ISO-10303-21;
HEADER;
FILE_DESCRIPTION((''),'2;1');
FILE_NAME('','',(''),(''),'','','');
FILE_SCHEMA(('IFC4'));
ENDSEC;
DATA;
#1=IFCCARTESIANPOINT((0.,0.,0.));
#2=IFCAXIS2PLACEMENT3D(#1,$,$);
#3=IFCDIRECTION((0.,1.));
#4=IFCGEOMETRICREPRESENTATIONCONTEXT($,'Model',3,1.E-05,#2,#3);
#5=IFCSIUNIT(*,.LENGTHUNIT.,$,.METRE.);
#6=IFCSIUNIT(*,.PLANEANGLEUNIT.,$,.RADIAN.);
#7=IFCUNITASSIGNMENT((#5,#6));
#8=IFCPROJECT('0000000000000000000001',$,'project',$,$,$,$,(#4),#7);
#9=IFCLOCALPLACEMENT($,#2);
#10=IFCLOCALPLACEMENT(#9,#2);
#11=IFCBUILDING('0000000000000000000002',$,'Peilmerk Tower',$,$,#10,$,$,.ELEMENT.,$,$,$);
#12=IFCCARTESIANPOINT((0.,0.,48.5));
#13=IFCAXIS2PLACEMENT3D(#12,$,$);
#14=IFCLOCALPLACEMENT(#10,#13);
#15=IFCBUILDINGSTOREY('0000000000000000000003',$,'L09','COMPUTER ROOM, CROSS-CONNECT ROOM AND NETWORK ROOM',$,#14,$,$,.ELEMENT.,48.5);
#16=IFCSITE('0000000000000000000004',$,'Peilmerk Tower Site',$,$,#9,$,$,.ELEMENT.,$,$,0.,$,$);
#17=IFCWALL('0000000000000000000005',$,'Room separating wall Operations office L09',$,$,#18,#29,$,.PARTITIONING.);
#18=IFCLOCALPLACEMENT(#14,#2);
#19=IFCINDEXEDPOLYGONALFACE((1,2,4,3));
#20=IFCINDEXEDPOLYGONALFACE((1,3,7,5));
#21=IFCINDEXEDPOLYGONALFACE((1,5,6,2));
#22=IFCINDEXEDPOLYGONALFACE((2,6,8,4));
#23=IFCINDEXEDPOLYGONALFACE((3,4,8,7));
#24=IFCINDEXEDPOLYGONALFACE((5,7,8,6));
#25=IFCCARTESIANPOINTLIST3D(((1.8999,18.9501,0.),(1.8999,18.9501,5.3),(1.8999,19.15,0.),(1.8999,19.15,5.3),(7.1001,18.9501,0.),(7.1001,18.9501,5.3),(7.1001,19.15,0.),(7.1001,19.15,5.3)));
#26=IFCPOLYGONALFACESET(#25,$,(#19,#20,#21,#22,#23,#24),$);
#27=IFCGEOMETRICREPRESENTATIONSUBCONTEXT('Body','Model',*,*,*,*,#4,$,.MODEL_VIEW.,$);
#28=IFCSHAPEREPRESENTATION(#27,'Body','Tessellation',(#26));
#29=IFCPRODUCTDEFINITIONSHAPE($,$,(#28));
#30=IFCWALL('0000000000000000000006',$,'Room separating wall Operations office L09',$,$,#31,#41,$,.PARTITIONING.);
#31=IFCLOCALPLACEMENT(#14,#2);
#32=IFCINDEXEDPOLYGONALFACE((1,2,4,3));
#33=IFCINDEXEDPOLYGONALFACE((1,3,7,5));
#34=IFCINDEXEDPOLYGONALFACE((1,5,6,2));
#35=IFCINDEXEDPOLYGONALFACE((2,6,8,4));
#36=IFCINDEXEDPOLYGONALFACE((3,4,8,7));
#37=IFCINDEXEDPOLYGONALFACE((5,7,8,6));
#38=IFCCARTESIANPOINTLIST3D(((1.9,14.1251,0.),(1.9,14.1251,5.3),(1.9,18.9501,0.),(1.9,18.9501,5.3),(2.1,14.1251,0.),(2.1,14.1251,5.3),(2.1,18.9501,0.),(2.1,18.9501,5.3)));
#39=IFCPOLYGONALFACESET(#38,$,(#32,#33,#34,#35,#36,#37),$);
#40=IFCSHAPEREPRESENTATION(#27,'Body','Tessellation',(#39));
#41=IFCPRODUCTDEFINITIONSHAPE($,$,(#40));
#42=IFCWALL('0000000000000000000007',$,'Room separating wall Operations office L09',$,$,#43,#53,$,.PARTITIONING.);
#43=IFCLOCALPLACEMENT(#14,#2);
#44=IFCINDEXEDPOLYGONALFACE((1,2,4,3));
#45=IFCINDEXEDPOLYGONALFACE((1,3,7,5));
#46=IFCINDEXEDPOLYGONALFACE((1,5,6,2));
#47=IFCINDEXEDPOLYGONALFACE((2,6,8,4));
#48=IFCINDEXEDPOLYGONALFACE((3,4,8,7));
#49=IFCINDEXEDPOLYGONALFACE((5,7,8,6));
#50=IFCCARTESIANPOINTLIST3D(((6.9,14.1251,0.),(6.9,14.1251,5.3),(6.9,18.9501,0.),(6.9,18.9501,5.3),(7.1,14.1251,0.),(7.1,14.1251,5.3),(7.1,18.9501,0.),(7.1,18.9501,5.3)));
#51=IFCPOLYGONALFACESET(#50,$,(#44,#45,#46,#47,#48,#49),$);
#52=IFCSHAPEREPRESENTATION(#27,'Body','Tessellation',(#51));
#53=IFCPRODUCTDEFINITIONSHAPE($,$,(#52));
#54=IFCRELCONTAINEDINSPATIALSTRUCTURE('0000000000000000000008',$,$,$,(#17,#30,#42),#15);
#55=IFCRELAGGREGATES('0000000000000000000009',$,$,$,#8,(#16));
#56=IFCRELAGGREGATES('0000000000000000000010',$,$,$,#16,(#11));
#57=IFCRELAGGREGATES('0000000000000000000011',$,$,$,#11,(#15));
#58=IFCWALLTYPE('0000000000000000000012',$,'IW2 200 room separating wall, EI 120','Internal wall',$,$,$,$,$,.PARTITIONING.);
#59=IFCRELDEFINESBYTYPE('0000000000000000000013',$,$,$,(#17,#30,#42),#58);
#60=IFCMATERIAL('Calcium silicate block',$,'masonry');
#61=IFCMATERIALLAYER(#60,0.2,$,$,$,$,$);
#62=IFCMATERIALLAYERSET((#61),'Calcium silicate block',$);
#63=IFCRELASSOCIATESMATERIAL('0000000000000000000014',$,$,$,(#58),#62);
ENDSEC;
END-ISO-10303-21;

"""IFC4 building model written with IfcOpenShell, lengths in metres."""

from ifc_helpers import new_model, si_unit, direction, frame, frame_2d, origin, place, context, subcontext, project, spatial, rectangle, extrude, material, layer, layer_set, type_object, element, save


model = new_model("IFC4")

# Units and contexts
model_context = context("Model", 3, precision=1e-05, world=origin(), true_north=direction((0.0, 1.0)))
body_context = subcontext(model_context, "Body", "Model", "MODEL_VIEW")
ifc_project = project(units=[si_unit("LENGTHUNIT", "METRE"), si_unit("PLANEANGLEUNIT", "RADIAN")], contexts=[model_context])

# Site, building, storey
site_placement = place(None, origin())
site = spatial("IfcSite", under=ifc_project, at=site_placement, Name="Peilmerk Tower Site", CompositionType="ELEMENT", RefElevation=0.0)
building_placement = place(site_placement, origin())
building = spatial("IfcBuilding", under=site, at=building_placement, Name="Peilmerk Tower", CompositionType="ELEMENT")
storey_placement = place(building_placement, frame((0.0, 0.0, 48.5)))
storey = spatial("IfcBuildingStorey", under=building, at=storey_placement, Name="L09", Description="COMPUTER ROOM, CROSS-CONNECT ROOM AND NETWORK ROOM", CompositionType="ELEMENT", Elevation=48.5)

# Walls
ifc_material_1 = material(Name="Calcium silicate block", Category="masonry")
ifc_layer = layer(ifc_material_1, 0.2)
ifc_layer_set = layer_set([ifc_layer], Name="Calcium silicate block")
wall_type = type_object("IfcWallType", Name="IW2 200 room separating wall, EI 120", Description="Internal wall", PredefinedType="PARTITIONING", material=ifc_layer_set)
wall_1_placement = place(storey_placement, frame((1.8999, 19.05, 0.0), z_axis=(0.0, 0.0, 1.0), x_axis=(1.0, 0.0, 0.0)))
element("IfcWall", 1, at=wall_1_placement, inside=storey, type_object=wall_type, Name="Room separating wall Operations office L09", PredefinedType="PARTITIONING", context=body_context, shape_type="SweptSolid", body=[
    extrude(rectangle(XDim=5.2002, YDim=0.2, at=frame_2d((2.6001, 0.0))), origin(), (0.0, 0.0, 1.0), 5.3),
])
for number, where, z_axis, x_axis, name in (
    (2, (2.0, 14.125, 0.0), (0.0, 0.0, 1.0), (0.0, 1.0, 0.0), "Room separating wall Operations office L09"),
    (3, (7.0, 14.125, 0.0), (0.0, 0.0, 1.0), (0.0, 1.0, 0.0), "Room separating wall Operations office L09"),
):
    element("IfcWall", number, at=place(storey_placement, frame(where, z_axis=z_axis, x_axis=x_axis)), inside=storey, type_object=wall_type, Name=name, PredefinedType="PARTITIONING", context=body_context, shape_type="SweptSolid", body=[
        extrude(rectangle(XDim=4.825, YDim=0.2, at=frame_2d((2.4126, 0.0))), origin(), (0.0, 0.0, 1.0), 5.3),
    ])

save(model, "model.ifc")
